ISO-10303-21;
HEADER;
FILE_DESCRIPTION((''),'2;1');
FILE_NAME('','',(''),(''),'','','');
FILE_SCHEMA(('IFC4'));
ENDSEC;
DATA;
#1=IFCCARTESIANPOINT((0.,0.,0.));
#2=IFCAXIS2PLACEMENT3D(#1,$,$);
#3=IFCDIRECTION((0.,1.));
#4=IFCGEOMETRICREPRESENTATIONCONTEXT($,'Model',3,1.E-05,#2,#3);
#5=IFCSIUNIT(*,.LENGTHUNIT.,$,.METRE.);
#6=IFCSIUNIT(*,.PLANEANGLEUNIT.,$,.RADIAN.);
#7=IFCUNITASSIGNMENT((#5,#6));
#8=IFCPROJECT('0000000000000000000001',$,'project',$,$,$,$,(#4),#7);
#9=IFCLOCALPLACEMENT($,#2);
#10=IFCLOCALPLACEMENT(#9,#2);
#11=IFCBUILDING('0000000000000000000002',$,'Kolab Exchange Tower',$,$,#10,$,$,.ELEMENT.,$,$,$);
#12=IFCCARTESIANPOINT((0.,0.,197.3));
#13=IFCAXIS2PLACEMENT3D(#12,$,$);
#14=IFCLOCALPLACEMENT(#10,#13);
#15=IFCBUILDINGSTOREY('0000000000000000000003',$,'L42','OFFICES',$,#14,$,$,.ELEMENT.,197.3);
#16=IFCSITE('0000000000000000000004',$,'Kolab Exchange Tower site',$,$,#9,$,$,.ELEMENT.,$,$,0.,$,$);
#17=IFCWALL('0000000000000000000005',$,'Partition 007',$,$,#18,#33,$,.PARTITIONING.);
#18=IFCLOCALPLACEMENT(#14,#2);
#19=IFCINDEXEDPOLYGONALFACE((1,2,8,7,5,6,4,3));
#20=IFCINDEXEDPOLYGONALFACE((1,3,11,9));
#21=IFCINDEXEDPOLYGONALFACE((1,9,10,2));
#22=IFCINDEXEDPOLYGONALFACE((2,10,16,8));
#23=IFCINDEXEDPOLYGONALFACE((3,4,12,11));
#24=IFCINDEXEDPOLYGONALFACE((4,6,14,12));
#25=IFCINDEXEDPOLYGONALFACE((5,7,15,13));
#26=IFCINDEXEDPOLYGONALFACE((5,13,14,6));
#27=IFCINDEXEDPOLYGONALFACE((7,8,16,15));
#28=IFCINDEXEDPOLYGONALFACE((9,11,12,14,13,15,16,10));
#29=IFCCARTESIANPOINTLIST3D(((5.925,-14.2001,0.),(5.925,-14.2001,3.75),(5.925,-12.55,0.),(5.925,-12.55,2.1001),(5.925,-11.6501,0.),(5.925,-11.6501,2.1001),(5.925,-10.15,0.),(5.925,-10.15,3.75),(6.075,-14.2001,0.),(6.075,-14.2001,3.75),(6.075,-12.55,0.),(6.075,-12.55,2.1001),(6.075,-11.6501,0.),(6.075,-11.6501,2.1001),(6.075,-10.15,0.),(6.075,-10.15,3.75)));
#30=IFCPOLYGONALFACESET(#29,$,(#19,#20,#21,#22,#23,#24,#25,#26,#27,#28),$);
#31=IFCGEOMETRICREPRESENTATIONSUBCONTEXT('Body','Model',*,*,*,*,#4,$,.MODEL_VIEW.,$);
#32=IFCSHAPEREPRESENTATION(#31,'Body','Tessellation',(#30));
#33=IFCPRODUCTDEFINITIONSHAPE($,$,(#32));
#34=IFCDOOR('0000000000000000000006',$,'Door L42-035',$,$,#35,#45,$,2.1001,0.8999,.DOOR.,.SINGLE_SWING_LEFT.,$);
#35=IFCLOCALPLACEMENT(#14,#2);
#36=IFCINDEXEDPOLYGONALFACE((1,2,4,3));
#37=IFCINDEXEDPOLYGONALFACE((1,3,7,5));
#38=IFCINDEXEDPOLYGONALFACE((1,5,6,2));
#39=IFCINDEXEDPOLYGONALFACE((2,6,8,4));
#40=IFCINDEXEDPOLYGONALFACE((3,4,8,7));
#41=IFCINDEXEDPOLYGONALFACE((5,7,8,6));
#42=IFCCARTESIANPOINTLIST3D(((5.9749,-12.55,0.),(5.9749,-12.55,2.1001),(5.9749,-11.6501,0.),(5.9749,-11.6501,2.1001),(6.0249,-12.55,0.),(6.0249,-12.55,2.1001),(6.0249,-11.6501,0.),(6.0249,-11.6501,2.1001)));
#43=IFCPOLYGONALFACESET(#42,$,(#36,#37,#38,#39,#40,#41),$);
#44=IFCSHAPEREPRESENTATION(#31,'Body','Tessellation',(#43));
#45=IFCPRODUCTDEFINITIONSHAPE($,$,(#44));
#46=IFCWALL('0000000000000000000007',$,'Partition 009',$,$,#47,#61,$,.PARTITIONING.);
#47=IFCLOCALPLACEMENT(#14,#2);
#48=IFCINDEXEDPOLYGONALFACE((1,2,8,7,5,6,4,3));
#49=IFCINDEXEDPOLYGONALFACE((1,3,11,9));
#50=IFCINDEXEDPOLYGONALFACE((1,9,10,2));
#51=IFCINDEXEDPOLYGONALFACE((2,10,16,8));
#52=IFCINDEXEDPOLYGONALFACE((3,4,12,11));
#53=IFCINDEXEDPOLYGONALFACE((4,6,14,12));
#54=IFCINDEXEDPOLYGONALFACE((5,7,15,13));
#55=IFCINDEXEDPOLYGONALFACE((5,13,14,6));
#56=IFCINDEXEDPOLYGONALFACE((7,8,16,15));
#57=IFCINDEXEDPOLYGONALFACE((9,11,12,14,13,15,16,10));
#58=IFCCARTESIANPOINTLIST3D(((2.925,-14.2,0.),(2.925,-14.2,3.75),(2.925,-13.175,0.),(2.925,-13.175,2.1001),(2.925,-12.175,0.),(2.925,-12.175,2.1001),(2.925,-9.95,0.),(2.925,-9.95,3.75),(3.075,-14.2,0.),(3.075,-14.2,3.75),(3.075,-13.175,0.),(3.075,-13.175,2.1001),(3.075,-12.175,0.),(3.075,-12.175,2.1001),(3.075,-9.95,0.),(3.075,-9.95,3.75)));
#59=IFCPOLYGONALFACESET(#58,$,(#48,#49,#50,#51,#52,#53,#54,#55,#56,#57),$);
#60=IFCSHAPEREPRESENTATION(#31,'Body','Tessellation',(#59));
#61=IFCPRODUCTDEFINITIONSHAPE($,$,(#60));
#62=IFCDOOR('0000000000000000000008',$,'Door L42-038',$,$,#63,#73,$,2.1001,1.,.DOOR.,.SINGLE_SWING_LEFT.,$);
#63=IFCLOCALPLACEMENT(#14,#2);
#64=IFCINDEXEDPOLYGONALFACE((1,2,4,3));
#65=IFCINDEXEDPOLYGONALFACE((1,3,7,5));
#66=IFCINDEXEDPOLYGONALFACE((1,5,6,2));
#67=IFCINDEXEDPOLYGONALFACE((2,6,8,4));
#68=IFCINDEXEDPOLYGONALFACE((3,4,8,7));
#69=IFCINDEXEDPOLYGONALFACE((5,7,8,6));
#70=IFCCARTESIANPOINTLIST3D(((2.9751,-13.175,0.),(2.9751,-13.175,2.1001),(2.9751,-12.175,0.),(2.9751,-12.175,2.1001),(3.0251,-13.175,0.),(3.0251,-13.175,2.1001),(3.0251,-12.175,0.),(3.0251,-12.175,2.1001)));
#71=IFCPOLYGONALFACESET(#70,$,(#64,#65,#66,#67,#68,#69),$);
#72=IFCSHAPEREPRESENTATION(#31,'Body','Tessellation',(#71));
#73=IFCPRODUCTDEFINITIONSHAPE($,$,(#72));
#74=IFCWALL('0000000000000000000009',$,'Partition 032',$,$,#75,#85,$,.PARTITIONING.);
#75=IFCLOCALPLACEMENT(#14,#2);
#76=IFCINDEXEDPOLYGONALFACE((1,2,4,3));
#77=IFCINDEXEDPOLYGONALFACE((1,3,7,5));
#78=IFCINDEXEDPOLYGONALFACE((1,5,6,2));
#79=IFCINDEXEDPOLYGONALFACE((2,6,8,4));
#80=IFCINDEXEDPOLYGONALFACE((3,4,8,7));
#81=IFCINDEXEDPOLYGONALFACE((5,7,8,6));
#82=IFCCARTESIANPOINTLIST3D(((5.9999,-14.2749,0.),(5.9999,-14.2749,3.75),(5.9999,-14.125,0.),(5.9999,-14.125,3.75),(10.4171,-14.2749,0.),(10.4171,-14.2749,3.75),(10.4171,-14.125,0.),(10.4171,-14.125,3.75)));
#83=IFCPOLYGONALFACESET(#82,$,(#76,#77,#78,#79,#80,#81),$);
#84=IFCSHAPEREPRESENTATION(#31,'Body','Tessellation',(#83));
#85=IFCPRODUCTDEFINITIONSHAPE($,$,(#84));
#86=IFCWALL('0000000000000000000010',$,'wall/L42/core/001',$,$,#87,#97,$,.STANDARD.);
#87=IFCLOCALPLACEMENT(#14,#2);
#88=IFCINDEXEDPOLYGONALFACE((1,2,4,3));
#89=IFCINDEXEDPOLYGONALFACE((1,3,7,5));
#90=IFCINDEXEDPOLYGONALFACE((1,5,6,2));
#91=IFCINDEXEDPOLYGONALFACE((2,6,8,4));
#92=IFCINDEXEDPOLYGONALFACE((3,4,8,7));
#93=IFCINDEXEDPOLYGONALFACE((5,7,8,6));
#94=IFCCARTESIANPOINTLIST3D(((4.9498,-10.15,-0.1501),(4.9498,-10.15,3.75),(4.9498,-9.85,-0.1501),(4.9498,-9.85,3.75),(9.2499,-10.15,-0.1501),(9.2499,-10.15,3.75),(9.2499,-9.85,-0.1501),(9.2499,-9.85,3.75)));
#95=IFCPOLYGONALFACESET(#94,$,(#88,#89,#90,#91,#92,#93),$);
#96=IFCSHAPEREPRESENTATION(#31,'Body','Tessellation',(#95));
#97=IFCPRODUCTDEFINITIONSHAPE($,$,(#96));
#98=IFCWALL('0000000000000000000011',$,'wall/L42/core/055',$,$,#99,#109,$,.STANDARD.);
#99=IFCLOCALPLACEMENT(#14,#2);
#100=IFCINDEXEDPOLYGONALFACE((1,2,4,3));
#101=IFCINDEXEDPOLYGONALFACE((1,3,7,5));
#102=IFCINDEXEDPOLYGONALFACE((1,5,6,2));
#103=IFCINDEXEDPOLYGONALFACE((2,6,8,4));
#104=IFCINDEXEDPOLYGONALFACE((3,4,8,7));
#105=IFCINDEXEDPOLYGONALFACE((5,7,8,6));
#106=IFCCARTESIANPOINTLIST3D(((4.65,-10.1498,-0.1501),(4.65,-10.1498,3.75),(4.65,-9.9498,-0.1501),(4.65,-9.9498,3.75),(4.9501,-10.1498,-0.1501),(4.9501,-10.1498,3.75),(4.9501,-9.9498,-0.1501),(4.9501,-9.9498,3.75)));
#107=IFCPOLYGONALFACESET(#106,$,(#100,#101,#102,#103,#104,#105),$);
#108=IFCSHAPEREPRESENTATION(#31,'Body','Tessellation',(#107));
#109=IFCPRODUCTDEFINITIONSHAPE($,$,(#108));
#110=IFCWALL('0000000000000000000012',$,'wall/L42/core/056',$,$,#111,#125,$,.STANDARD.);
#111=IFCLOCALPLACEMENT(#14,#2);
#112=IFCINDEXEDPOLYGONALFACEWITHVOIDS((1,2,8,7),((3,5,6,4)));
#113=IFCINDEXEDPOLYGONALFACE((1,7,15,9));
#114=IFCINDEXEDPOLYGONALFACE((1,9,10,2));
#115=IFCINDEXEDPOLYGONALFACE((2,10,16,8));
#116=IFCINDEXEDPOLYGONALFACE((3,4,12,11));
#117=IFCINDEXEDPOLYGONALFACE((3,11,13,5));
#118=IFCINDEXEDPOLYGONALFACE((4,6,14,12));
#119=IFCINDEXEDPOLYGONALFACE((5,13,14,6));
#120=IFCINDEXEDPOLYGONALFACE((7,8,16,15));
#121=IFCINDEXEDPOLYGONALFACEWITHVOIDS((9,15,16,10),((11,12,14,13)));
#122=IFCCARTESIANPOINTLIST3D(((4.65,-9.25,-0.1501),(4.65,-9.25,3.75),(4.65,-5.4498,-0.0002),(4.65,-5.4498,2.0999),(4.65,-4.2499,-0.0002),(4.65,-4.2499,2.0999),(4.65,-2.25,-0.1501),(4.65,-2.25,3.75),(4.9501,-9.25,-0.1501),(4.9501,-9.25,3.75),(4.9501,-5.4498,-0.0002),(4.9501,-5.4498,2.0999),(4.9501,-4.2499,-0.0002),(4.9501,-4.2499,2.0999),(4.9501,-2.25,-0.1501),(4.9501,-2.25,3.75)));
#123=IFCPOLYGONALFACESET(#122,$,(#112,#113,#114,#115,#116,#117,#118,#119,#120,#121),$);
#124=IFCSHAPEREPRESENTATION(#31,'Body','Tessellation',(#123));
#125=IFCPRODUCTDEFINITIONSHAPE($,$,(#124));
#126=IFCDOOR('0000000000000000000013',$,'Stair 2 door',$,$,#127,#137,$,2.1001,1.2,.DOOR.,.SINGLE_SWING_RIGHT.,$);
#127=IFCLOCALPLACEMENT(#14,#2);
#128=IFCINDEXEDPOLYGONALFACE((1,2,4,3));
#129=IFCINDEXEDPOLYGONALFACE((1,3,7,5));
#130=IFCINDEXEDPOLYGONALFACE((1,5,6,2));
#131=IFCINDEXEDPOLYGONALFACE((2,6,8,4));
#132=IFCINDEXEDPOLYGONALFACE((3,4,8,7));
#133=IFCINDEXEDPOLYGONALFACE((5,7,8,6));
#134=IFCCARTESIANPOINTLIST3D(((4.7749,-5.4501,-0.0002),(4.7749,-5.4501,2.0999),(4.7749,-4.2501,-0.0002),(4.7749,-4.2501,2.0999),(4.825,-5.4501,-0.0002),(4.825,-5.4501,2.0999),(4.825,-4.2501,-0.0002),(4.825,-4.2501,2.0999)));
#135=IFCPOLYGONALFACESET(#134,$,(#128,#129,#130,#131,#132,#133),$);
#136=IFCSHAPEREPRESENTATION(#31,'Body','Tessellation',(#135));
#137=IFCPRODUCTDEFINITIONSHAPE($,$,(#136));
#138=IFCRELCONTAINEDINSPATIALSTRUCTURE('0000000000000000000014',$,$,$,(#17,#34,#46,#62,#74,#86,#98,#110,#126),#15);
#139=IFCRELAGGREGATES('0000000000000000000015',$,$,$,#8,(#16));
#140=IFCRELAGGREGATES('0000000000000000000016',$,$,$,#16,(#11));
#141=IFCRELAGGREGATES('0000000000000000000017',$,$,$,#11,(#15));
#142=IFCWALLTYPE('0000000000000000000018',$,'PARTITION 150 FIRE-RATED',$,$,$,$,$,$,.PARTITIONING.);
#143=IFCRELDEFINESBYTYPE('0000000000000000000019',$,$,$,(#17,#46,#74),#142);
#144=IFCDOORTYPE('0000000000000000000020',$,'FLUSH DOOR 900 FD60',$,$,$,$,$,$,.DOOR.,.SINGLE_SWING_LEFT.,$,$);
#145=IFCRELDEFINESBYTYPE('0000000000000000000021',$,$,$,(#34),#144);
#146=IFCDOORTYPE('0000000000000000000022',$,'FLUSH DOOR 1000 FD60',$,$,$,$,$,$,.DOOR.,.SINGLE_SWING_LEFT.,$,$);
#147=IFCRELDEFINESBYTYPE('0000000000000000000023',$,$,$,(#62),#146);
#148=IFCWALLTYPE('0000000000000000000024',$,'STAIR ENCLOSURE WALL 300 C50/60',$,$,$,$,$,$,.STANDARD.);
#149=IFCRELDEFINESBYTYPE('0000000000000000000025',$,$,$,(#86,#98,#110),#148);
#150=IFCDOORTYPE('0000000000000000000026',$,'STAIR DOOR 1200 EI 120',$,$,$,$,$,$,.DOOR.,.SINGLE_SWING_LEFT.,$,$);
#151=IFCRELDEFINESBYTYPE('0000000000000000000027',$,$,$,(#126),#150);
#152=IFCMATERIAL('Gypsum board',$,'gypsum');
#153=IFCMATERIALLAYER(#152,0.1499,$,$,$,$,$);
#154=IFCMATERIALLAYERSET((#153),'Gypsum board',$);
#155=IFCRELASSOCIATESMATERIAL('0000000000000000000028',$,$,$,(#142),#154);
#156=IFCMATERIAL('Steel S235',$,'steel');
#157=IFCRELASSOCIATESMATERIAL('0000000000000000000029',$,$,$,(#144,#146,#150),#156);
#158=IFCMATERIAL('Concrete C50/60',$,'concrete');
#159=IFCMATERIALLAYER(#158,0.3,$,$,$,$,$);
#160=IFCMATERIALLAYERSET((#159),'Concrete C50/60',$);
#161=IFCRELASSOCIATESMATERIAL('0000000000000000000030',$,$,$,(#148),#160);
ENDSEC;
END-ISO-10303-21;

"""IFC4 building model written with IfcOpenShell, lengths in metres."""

from ifc_helpers import new_model, si_unit, direction, frame, frame_2d, origin, place, context, subcontext, project, spatial, rectangle, extrude, material, layer, layer_set, type_object, element, fill, save


model = new_model("IFC4")

# Units and contexts
model_context = context("Model", 3, precision=1e-05, world=origin(), true_north=direction((0.0, 1.0)))
body_context = subcontext(model_context, "Body", "Model", "MODEL_VIEW")
ifc_project = project(units=[si_unit("LENGTHUNIT", "METRE"), si_unit("PLANEANGLEUNIT", "RADIAN")], contexts=[model_context])

# Site, building, storey
site_placement = place(None, origin())
site = spatial("IfcSite", under=ifc_project, at=site_placement, Name="Kolab Exchange Tower site", CompositionType="ELEMENT", RefElevation=0.0)
building_placement = place(site_placement, origin())
building = spatial("IfcBuilding", under=site, at=building_placement, Name="Kolab Exchange Tower", CompositionType="ELEMENT")
storey_placement = place(building_placement, frame((0.0, 0.0, 197.3)))
storey = spatial("IfcBuildingStorey", under=building, at=storey_placement, Name="L42", Description="OFFICES", CompositionType="ELEMENT", Elevation=197.3)

# Shared definitions
ifc_material_1 = material(Name="Concrete C50/60", Category="concrete")

# Shared definitions
ifc_material_2 = material(Name="Gypsum board", Category="gypsum")

# Walls, openings, doors
ifc_layer_1 = layer(ifc_material_2, 0.1499)
ifc_layer_set_1 = layer_set([ifc_layer_1], Name="Gypsum board")
wall_type_1 = type_object("IfcWallType", Name="PARTITION 150 FIRE-RATED", PredefinedType="PARTITIONING", material=ifc_layer_set_1)
wall_1_placement = place(storey_placement, frame((6.0, -14.2, 0.0), z_axis=(0.0, 0.0, 1.0), x_axis=(0.0, 1.0, 0.0)))
wall_1 = element("IfcWall", 1, at=wall_1_placement, inside=storey, type_object=wall_type_1, Name="Partition 007", PredefinedType="PARTITIONING", context=body_context, shape_type="SweptSolid", body=[
    extrude(rectangle(XDim=4.05, YDim=0.1499, at=frame_2d((2.0249, 0.0))), origin(), (0.0, 0.0, 1.0), 3.75),
])
opening_1_placement = place(wall_1_placement, frame((1.6499, 0.0, 0.0)))
opening_1 = element("IfcOpeningElement", 2, at=opening_1_placement, cuts=wall_1, PredefinedType="OPENING", context=body_context, shape_type="SweptSolid", body=[
    extrude(rectangle(XDim=0.8999, YDim=2.1001, at=frame_2d((0.45, 1.05))), frame((0.0, 0.085, 0.0), z_axis=(0.0, -1.0, 0.0), x_axis=(1.0, 0.0, 0.0)), (0.0, 0.0, 1.0), 0.1699),
])
ifc_material_3 = material(Name="Steel S235", Category="steel")
door_type_1 = type_object("IfcDoorType", Name="FLUSH DOOR 900 FD60", OperationType="SINGLE_SWING_LEFT", PredefinedType="DOOR", material=ifc_material_3)
door_1_placement = place(opening_1_placement, frame((0.8999, 0.0, 0.0), z_axis=(0.0, 0.0, 1.0), x_axis=(-1.0, 0.0, 0.0)))
door_1 = element("IfcDoor", 3, at=door_1_placement, inside=storey, type_object=door_type_1, Name="Door L42-035", OperationType="SINGLE_SWING_LEFT", OverallHeight=2.1001, OverallWidth=0.8999, PredefinedType="DOOR", context=body_context, shape_type="SweptSolid", body=[
    extrude(rectangle(XDim=0.8999, YDim=2.1001, at=frame_2d((0.45, 1.05))), frame((0.0, 0.0249, 0.0), z_axis=(0.0, -1.0, 0.0), x_axis=(1.0, 0.0, 0.0)), (0.0, 0.0, 1.0), 0.05),
])
fill(opening_1, door_1)
wall_2_placement = place(storey_placement, frame((3.0, -14.2, 0.0), z_axis=(0.0, 0.0, 1.0), x_axis=(0.0, 1.0, 0.0)))
wall_2 = element("IfcWall", 4, at=wall_2_placement, inside=storey, type_object=wall_type_1, Name="Partition 009", PredefinedType="PARTITIONING", context=body_context, shape_type="SweptSolid", body=[
    extrude(rectangle(XDim=4.25, YDim=0.1499, at=frame_2d((2.125, 0.0))), origin(), (0.0, 0.0, 1.0), 3.75),
])
opening_2_placement = place(wall_2_placement, frame((1.0249, 0.0, 0.0)))
opening_2 = element("IfcOpeningElement", 5, at=opening_2_placement, cuts=wall_2, PredefinedType="OPENING", context=body_context, shape_type="SweptSolid", body=[
    extrude(rectangle(XDim=1.0, YDim=2.1001, at=frame_2d((0.5, 1.05))), frame((0.0, 0.085, 0.0), z_axis=(0.0, -1.0, 0.0), x_axis=(1.0, 0.0, 0.0)), (0.0, 0.0, 1.0), 0.1699),
])
door_type_2 = type_object("IfcDoorType", Name="FLUSH DOOR 1000 FD60", OperationType="SINGLE_SWING_LEFT", PredefinedType="DOOR", material=ifc_material_3)
door_2_placement = place(opening_2_placement, origin())
door_2 = element("IfcDoor", 6, at=door_2_placement, inside=storey, type_object=door_type_2, Name="Door L42-038", OperationType="SINGLE_SWING_LEFT", OverallHeight=2.1001, OverallWidth=1.0, PredefinedType="DOOR", context=body_context, shape_type="SweptSolid", body=[
    extrude(rectangle(XDim=1.0, YDim=2.1001, at=frame_2d((0.5, 1.05))), frame((0.0, 0.0249, 0.0), z_axis=(0.0, -1.0, 0.0), x_axis=(1.0, 0.0, 0.0)), (0.0, 0.0, 1.0), 0.05),
])
fill(opening_2, door_2)

# Walls
wall_3_placement = place(storey_placement, frame((6.0, -14.2, 0.0), z_axis=(0.0, 0.0, 1.0), x_axis=(1.0, 0.0, 0.0)))
element("IfcWall", 7, at=wall_3_placement, inside=storey, type_object=wall_type_1, Name="Partition 032", PredefinedType="PARTITIONING", context=body_context, shape_type="SweptSolid", body=[
    extrude(rectangle(XDim=4.4172, YDim=0.1499, at=frame_2d((2.2085, 0.0))), origin(), (0.0, 0.0, 1.0), 3.75),
])
ifc_layer_2 = layer(ifc_material_1, 0.3)
ifc_layer_set_2 = layer_set([ifc_layer_2], Name="Concrete C50/60")
wall_type_2 = type_object("IfcWallType", Name="STAIR ENCLOSURE WALL 300 C50/60", PredefinedType="STANDARD", material=ifc_layer_set_2)
wall_4_placement = place(storey_placement, frame((4.95, -10.0, -0.1501), z_axis=(0.0, 0.0, 1.0), x_axis=(1.0, 0.0, 0.0)))
element("IfcWall", 8, at=wall_4_placement, inside=storey, type_object=wall_type_2, Name="wall/L42/core/001", PredefinedType="STANDARD", context=body_context, shape_type="SweptSolid", body=[
    extrude(rectangle(XDim=4.3, YDim=0.3, at=frame_2d((2.1499, 0.0))), origin(), (0.0, 0.0, 1.0), 3.9001),
])
wall_5_placement = place(storey_placement, frame((4.8, -10.1499, -0.1501), z_axis=(0.0, 0.0, 1.0), x_axis=(0.0, 1.0, 0.0)))
element("IfcWall", 9, at=wall_5_placement, inside=storey, type_object=wall_type_2, Name="wall/L42/core/055", PredefinedType="STANDARD", context=body_context, shape_type="SweptSolid", body=[
    extrude(rectangle(XDim=0.2, YDim=0.3, at=frame_2d((0.1001, 0.0))), origin(), (0.0, 0.0, 1.0), 3.9001),
])

# Wall, opening, door
wall_6_placement = place(storey_placement, frame((4.8, -9.25, -0.1501), z_axis=(0.0, 0.0, 1.0), x_axis=(0.0, 1.0, 0.0)))
wall_6 = element("IfcWall", 10, at=wall_6_placement, inside=storey, type_object=wall_type_2, Name="wall/L42/core/056", PredefinedType="STANDARD", context=body_context, shape_type="SweptSolid", body=[
    extrude(rectangle(XDim=7.0, YDim=0.3, at=frame_2d((3.5, 0.0))), origin(), (0.0, 0.0, 1.0), 3.9001),
])
opening_3_placement = place(wall_6_placement, frame((3.8, 0.0, 0.1499)))
opening_3 = element("IfcOpeningElement", 11, at=opening_3_placement, cuts=wall_6, PredefinedType="OPENING", context=body_context, shape_type="SweptSolid", body=[
    extrude(rectangle(XDim=1.2, YDim=2.1001, at=frame_2d((0.6001, 1.05))), frame((0.0, 0.1602, 0.0), z_axis=(0.0, -1.0, 0.0), x_axis=(1.0, 0.0, 0.0)), (0.0, 0.0, 1.0), 0.3201),
])
door_type_3 = type_object("IfcDoorType", Name="STAIR DOOR 1200 EI 120", OperationType="SINGLE_SWING_LEFT", PredefinedType="DOOR", material=ifc_material_3)
door_3_placement = place(opening_3_placement, frame((1.2, 0.0, 0.0), z_axis=(0.0, 0.0, 1.0), x_axis=(-1.0, 0.0, 0.0)))
door_3 = element("IfcDoor", 12, at=door_3_placement, inside=storey, type_object=door_type_3, Name="Stair 2 door", OperationType="SINGLE_SWING_RIGHT", OverallHeight=2.1001, OverallWidth=1.2, PredefinedType="DOOR", context=body_context, shape_type="SweptSolid", body=[
    extrude(rectangle(XDim=1.2, YDim=2.1001, at=frame_2d((0.6001, 1.05))), frame((0.0, 0.0249, 0.0), z_axis=(0.0, -1.0, 0.0), x_axis=(1.0, 0.0, 0.0)), (0.0, 0.0, 1.0), 0.05),
])
fill(opening_3, door_3)

save(model, "model.ifc")
